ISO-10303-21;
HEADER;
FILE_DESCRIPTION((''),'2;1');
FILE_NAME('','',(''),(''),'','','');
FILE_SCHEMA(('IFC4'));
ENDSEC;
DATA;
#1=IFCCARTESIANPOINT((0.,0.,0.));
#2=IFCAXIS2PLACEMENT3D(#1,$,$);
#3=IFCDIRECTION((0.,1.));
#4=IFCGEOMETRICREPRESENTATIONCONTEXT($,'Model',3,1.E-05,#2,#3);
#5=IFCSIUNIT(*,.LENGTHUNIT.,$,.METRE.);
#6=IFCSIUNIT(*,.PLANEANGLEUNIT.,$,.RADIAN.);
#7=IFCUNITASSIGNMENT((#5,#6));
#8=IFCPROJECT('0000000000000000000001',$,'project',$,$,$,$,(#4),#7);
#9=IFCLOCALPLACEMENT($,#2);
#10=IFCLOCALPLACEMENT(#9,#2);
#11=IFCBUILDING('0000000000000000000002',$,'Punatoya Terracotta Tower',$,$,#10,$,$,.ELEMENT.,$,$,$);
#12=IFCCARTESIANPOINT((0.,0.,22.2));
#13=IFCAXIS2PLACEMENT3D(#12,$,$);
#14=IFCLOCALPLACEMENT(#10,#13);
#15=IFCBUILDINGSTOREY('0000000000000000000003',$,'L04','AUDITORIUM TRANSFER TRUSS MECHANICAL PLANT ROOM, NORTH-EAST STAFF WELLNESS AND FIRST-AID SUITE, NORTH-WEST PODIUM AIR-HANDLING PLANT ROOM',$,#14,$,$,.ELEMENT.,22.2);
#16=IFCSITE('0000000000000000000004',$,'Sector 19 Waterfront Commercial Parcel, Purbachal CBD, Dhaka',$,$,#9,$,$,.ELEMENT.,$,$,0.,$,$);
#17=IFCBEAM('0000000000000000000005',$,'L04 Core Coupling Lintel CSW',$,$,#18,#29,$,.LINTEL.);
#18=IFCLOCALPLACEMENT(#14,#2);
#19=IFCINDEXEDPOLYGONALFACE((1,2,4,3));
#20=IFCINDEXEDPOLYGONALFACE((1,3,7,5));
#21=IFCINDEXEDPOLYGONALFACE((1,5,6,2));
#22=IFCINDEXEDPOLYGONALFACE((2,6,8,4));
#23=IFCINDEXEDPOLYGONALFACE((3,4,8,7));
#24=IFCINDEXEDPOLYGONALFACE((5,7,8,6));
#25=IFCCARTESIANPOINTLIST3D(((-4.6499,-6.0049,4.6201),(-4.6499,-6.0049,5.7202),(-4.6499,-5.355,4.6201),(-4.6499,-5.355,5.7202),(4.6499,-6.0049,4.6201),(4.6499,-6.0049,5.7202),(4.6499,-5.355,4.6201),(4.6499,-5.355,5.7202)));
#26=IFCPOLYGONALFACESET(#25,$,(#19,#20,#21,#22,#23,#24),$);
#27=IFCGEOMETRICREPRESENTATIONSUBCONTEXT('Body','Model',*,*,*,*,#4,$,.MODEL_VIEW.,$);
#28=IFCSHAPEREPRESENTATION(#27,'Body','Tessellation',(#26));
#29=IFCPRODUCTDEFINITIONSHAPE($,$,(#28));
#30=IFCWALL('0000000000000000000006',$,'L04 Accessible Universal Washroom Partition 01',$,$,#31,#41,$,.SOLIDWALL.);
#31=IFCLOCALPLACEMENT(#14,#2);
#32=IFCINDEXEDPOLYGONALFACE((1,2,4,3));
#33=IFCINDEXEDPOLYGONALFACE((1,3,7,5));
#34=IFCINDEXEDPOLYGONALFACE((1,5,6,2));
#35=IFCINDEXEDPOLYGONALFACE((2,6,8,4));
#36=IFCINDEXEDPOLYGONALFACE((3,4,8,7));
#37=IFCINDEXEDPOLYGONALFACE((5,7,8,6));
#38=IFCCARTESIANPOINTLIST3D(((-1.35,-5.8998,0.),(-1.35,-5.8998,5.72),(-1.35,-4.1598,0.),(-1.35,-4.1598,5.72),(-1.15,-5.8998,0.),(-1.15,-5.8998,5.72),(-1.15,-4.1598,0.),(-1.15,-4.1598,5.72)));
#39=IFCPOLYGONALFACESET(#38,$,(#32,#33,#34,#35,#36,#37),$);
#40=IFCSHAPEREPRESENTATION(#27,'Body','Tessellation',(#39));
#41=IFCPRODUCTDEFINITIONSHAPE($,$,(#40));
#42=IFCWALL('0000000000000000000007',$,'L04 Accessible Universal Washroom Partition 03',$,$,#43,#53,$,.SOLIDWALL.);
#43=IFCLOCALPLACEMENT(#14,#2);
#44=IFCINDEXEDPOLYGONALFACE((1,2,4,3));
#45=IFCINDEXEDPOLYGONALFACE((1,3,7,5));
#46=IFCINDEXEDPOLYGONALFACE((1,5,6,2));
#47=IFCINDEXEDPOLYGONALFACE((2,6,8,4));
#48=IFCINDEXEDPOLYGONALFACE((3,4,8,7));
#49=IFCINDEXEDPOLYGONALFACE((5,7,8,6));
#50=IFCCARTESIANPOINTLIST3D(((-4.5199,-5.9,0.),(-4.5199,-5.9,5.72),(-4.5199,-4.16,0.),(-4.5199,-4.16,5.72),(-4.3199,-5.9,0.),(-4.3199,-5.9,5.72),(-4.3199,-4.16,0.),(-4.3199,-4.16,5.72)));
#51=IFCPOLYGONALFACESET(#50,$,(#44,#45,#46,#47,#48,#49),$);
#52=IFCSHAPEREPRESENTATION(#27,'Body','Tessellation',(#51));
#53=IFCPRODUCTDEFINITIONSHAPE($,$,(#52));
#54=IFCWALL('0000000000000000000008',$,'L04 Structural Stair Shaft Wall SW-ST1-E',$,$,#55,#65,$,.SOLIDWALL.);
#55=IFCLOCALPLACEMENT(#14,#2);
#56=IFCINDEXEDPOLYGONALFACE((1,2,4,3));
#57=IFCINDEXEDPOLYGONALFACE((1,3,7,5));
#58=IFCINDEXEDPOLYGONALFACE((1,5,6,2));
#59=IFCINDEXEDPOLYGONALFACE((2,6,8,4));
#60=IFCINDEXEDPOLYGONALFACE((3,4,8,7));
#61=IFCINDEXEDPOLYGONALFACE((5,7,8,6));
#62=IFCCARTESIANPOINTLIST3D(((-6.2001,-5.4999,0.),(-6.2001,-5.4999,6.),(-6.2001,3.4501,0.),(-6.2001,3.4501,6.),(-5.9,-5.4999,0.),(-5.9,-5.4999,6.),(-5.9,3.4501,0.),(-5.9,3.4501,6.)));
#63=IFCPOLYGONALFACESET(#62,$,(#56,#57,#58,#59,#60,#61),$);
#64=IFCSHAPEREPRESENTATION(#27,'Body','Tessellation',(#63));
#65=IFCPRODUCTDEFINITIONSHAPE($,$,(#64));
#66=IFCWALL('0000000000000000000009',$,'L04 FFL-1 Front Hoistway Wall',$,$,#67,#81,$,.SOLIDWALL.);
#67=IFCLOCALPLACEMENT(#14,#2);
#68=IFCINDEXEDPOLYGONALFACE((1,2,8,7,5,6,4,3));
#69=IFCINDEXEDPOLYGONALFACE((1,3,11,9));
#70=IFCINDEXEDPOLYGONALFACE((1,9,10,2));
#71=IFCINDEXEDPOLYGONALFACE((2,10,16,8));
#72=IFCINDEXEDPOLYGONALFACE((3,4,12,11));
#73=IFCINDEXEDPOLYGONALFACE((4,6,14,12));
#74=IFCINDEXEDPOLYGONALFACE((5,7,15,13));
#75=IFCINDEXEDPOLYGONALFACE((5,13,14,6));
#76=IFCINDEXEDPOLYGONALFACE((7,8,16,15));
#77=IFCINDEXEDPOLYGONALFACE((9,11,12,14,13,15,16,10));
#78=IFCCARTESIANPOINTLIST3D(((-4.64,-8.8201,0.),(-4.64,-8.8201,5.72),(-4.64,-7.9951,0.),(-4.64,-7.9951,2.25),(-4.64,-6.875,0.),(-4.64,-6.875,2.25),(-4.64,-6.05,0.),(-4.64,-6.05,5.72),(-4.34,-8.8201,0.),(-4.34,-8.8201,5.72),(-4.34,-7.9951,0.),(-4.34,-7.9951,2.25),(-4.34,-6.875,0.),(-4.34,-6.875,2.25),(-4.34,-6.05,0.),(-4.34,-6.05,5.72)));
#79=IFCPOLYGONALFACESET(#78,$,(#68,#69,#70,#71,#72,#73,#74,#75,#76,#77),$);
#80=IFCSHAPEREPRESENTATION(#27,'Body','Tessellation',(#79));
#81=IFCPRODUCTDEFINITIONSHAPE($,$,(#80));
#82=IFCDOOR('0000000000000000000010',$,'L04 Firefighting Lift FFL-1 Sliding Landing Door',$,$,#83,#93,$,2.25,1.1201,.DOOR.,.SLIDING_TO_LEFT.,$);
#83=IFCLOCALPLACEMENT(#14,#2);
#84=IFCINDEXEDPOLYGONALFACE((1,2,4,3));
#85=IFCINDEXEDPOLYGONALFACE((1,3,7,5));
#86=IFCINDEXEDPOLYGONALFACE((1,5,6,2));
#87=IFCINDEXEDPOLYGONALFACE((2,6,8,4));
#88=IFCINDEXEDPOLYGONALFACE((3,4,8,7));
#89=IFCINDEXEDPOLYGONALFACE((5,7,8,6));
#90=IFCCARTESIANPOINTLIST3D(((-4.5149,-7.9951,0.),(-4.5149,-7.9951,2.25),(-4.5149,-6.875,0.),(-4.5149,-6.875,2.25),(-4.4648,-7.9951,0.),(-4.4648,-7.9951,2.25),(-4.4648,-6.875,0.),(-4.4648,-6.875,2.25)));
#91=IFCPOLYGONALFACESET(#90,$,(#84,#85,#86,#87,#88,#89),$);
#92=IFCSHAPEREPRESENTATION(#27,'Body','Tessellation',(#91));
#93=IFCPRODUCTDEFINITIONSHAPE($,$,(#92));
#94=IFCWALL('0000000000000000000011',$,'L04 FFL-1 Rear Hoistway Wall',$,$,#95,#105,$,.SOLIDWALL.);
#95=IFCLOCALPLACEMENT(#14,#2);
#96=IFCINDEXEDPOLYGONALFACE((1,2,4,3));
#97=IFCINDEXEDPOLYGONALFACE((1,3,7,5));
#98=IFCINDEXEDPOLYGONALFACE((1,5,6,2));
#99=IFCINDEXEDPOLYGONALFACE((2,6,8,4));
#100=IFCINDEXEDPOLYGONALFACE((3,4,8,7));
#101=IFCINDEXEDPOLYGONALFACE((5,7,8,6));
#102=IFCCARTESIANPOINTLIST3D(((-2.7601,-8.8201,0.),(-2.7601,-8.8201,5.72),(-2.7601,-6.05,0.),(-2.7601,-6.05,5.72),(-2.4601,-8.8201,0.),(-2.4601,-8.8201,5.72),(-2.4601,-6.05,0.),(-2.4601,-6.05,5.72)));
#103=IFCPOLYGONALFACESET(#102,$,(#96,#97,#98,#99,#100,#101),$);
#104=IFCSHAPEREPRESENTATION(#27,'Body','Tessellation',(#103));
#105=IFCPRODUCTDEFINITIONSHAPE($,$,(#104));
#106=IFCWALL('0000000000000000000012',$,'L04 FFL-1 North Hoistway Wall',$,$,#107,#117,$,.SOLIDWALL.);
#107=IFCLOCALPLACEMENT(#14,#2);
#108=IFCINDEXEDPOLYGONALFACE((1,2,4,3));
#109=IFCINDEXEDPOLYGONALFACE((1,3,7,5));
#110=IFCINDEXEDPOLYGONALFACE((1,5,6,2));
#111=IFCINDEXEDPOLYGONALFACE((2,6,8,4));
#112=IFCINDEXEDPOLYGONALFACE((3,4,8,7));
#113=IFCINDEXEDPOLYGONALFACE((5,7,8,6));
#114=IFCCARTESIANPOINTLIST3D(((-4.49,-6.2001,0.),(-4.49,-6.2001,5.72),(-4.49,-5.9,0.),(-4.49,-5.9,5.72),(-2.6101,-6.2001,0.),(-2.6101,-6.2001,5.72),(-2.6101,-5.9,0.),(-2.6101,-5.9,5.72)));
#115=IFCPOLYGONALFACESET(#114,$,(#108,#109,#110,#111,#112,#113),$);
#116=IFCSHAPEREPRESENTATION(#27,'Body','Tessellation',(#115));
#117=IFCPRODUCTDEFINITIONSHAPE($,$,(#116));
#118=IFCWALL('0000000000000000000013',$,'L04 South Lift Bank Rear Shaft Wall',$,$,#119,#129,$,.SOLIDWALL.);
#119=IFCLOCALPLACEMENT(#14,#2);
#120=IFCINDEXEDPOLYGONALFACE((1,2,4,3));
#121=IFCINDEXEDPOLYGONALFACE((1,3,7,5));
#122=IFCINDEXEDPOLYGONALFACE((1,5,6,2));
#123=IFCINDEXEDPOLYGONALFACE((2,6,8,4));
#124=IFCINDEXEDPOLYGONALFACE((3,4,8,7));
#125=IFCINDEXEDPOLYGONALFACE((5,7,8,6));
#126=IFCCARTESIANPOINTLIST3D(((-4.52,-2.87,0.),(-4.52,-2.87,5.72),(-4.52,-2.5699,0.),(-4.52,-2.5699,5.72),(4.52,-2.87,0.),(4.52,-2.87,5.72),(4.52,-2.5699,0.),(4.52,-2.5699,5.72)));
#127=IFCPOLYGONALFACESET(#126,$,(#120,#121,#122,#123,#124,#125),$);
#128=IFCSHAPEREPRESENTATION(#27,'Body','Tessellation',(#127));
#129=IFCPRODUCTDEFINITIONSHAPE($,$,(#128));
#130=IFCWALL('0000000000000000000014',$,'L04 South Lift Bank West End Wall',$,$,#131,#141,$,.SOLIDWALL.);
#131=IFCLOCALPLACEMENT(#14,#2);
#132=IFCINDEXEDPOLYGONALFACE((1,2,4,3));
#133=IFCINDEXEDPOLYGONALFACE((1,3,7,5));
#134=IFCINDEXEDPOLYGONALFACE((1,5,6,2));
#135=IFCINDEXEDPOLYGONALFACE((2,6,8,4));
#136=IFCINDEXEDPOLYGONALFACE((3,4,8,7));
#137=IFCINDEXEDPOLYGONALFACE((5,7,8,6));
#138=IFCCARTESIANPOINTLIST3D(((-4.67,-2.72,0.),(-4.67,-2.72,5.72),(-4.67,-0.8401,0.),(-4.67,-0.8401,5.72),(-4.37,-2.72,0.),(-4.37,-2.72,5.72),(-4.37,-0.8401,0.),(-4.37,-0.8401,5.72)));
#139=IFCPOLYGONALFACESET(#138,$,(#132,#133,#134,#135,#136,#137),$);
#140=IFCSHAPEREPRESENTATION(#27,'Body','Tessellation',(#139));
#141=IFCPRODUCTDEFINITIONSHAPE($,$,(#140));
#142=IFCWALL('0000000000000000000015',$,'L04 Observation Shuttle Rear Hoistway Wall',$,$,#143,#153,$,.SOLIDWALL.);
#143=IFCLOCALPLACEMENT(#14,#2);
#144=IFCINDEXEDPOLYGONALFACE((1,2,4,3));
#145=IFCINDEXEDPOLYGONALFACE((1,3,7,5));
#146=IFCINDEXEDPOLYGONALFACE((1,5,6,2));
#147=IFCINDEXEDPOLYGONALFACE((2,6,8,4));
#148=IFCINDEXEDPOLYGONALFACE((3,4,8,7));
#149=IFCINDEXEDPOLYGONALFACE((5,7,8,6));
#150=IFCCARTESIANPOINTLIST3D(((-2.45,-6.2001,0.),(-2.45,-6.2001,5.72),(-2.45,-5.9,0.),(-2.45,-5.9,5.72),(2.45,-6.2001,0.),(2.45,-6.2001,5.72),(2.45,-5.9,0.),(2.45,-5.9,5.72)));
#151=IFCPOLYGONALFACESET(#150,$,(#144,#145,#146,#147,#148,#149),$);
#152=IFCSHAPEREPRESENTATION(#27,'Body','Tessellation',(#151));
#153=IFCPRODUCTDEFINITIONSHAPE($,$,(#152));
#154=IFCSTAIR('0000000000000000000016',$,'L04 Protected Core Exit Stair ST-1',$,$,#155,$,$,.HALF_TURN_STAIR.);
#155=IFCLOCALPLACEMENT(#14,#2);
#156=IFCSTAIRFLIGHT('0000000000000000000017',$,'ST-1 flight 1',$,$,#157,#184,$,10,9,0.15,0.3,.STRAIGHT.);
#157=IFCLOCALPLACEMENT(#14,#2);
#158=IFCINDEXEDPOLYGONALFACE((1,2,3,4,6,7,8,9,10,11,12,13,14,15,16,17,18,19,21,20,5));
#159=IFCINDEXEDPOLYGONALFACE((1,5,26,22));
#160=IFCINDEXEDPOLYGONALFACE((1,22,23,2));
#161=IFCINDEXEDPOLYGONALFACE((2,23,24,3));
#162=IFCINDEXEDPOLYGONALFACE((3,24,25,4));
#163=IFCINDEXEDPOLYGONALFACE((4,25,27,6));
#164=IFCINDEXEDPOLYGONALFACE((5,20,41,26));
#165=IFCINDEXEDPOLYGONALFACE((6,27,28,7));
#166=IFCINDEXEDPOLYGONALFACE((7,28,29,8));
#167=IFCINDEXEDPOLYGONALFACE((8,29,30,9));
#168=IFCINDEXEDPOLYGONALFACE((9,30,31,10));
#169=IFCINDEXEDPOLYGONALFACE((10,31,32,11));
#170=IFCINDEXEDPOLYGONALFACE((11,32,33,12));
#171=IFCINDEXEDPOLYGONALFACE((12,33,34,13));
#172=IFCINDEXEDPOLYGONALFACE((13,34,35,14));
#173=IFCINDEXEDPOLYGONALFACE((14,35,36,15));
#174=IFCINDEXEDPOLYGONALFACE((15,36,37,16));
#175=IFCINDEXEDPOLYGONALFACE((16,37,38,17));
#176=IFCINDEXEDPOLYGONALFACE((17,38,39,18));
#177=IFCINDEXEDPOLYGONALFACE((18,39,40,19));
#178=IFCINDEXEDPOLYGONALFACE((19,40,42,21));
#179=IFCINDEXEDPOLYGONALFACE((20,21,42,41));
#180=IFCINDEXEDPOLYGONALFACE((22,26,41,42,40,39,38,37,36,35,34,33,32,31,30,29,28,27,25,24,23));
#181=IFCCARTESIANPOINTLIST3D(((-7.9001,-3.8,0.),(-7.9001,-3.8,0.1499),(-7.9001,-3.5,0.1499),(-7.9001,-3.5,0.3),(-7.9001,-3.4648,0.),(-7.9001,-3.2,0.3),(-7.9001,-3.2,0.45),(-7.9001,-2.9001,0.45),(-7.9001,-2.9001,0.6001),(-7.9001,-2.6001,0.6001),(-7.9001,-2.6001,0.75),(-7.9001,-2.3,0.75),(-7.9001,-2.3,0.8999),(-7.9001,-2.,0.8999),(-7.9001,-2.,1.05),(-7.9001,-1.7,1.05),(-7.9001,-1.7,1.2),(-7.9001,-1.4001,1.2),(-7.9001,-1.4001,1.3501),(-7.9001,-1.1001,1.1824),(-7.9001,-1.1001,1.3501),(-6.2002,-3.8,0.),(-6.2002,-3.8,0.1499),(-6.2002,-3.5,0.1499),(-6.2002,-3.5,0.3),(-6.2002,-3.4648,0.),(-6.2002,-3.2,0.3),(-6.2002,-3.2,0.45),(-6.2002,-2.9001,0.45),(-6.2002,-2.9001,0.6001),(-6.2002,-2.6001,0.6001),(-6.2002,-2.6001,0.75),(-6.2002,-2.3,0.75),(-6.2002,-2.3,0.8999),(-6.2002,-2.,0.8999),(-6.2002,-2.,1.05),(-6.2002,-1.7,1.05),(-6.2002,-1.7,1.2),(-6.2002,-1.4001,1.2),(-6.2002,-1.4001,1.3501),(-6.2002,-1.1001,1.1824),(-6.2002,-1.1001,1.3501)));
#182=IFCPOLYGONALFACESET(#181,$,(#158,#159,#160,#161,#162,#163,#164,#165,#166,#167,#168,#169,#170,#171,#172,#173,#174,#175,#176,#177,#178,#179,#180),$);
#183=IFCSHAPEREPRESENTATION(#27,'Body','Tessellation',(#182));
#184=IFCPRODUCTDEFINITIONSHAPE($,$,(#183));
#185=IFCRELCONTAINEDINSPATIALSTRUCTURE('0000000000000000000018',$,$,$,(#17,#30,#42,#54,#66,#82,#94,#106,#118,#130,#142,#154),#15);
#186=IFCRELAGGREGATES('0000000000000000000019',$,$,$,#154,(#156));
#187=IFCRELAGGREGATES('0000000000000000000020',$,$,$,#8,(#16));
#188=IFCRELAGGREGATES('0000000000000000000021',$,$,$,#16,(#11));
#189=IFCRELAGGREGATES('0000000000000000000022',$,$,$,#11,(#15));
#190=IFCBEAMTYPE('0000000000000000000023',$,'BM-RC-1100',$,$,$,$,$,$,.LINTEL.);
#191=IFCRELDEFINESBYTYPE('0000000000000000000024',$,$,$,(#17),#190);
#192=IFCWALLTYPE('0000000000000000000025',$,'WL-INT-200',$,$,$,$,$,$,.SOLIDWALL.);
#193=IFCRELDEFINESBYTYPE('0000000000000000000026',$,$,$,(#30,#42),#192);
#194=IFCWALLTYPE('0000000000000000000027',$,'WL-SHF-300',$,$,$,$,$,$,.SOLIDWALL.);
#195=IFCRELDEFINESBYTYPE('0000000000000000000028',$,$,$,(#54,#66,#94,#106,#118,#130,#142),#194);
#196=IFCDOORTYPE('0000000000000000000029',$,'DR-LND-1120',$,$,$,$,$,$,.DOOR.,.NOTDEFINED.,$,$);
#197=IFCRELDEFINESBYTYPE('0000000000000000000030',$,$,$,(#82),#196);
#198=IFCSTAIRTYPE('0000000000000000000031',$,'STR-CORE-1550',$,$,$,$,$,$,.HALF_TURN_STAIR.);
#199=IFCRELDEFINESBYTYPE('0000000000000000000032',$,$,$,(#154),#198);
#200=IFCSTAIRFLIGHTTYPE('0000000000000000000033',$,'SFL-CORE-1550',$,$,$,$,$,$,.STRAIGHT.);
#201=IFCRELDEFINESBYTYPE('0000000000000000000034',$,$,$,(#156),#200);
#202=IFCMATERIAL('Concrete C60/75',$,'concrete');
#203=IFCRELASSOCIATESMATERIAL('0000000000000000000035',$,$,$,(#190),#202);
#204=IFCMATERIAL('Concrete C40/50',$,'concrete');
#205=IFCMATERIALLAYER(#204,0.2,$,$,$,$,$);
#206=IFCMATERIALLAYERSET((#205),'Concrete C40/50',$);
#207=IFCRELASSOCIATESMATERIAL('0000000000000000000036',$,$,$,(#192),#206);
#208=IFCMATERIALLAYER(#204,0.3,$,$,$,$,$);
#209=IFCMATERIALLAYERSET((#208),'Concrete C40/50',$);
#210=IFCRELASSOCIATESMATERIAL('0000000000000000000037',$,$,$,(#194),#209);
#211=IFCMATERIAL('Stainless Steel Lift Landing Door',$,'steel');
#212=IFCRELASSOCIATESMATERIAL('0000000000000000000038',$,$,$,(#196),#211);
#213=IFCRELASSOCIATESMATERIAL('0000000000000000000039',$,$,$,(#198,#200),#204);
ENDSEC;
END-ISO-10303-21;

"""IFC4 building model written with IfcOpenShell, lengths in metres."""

from ifc_helpers import new_model, si_unit, direction, frame, frame_2d, origin, origin_2d, place, context, subcontext, project, spatial, polyline, rectangle, outline, extrude, material, layer, layer_set, material_profile, profile_set, type_object, element, fill, aggregate, save


model = new_model("IFC4")

# Units and contexts
model_context = context("Model", 3, precision=1e-05, world=origin(), true_north=direction((0.0, 1.0)))
body_context = subcontext(model_context, "Body", "Model", "MODEL_VIEW")
ifc_project = project(units=[si_unit("LENGTHUNIT", "METRE"), si_unit("PLANEANGLEUNIT", "RADIAN")], contexts=[model_context])

# Site, building, storey
site_placement = place(None, origin())
site = spatial("IfcSite", under=ifc_project, at=site_placement, Name="Sector 19 Waterfront Commercial Parcel, Purbachal CBD, Dhaka", CompositionType="ELEMENT", RefElevation=0.0)
building_placement = place(site_placement, origin())
building = spatial("IfcBuilding", under=site, at=building_placement, Name="Punatoya Terracotta Tower", CompositionType="ELEMENT")
storey_placement = place(building_placement, frame((0.0, 0.0, 22.2)))
storey = spatial("IfcBuildingStorey", under=building, at=storey_placement, Name="L04", Description="AUDITORIUM TRANSFER TRUSS MECHANICAL PLANT ROOM, NORTH-EAST STAFF WELLNESS AND FIRST-AID SUITE, NORTH-WEST PODIUM AIR-HANDLING PLANT ROOM", CompositionType="ELEMENT", Elevation=22.2)

# Beam
ifc_material_1 = material(Name="Concrete C60/75", Category="concrete")
ifc_material_profile = material_profile(ifc_material_1, rectangle(XDim=0.6499, YDim=1.1001, at=origin_2d()))
ifc_profile_set = profile_set([ifc_material_profile], Name="Concrete C60/75")
beam_type = type_object("IfcBeamType", Name="BM-RC-1100", PredefinedType="LINTEL", material=ifc_profile_set)
beam_placement = place(storey_placement, frame((-4.6499, -5.6799, 5.1702), z_axis=(1.0, 0.0, 0.0), x_axis=(0.0, 1.0, 0.0)))
element("IfcBeam", 1, at=beam_placement, inside=storey, type_object=beam_type, Name="L04 Core Coupling Lintel CSW", PredefinedType="LINTEL", context=body_context, shape_type="SweptSolid", body=[
    extrude(rectangle(XDim=0.6499, YDim=1.1001, at=origin_2d()), origin(), (0.0, 0.0, 1.0), 9.2998),
])

# Wall
ifc_material_2 = material(Name="Concrete C40/50", Category="concrete")
ifc_layer_1 = layer(ifc_material_2, 0.2)
ifc_layer_set_1 = layer_set([ifc_layer_1], Name="Concrete C40/50")
wall_type_1 = type_object("IfcWallType", Name="WL-INT-200", PredefinedType="SOLIDWALL", material=ifc_layer_set_1)
wall_1_placement = place(storey_placement, frame((-1.25, -5.8999, 0.0), z_axis=(0.0, 0.0, 1.0), x_axis=(0.0, 1.0, 0.0)))
element("IfcWall", 2, at=wall_1_placement, inside=storey, type_object=wall_type_1, Name="L04 Accessible Universal Washroom Partition 01", PredefinedType="SOLIDWALL", context=body_context, shape_type="SweptSolid", body=[
    extrude(rectangle(XDim=1.74, YDim=0.2, at=frame_2d((0.8701, 0.0))), origin(), (0.0, 0.0, 1.0), 5.72),
])

# Walls
wall_2_placement = place(storey_placement, frame((-4.4199, -4.1599, 0.0), z_axis=(0.0, 0.0, 1.0), x_axis=(0.0, -1.0, 0.0)))
element("IfcWall", 3, at=wall_2_placement, inside=storey, type_object=wall_type_1, Name="L04 Accessible Universal Washroom Partition 03", PredefinedType="SOLIDWALL", context=body_context, shape_type="SweptSolid", body=[
    extrude(rectangle(XDim=1.74, YDim=0.2, at=frame_2d((0.8701, 0.0))), origin(), (0.0, 0.0, 1.0), 5.72),
])
ifc_layer_2 = layer(ifc_material_2, 0.3)
ifc_layer_set_2 = layer_set([ifc_layer_2], Name="Concrete C40/50")
wall_type_2 = type_object("IfcWallType", Name="WL-SHF-300", PredefinedType="SOLIDWALL", material=ifc_layer_set_2)
wall_3_placement = place(storey_placement, frame((-6.05, -5.5, 0.0), z_axis=(0.0, 0.0, 1.0), x_axis=(0.0, 1.0, 0.0)))
element("IfcWall", 4, at=wall_3_placement, inside=storey, type_object=wall_type_2, Name="L04 Structural Stair Shaft Wall SW-ST1-E", PredefinedType="SOLIDWALL", context=body_context, shape_type="SweptSolid", body=[
    extrude(rectangle(XDim=8.95, YDim=0.3, at=frame_2d((4.4751, 0.0))), origin(), (0.0, 0.0, 1.0), 6.0),
])

# Wall, opening, door
wall_4_placement = place(storey_placement, frame((-4.49, -8.8201, 0.0), z_axis=(0.0, 0.0, 1.0), x_axis=(0.0, 1.0, 0.0)))
wall_4 = element("IfcWall", 5, at=wall_4_placement, inside=storey, type_object=wall_type_2, Name="L04 FFL-1 Front Hoistway Wall", PredefinedType="SOLIDWALL", context=body_context, shape_type="SweptSolid", body=[
    extrude(rectangle(XDim=2.77, YDim=0.3, at=frame_2d((1.385, 0.0))), origin(), (0.0, 0.0, 1.0), 5.72),
])
opening_1_placement = place(wall_4_placement, frame((0.825, 0.0, 0.0)))
opening_1 = element("IfcOpeningElement", 6, at=opening_1_placement, cuts=wall_4, PredefinedType="OPENING", context=body_context, shape_type="SweptSolid", body=[
    extrude(rectangle(XDim=1.1201, YDim=2.25, at=frame_2d((0.5601, 1.125))), frame((0.0, 0.1599, 0.0), z_axis=(0.0, -1.0, 0.0), x_axis=(1.0, 0.0, 0.0)), (0.0, 0.0, 1.0), 0.3201),
])
ifc_material_3 = material(Name="Stainless Steel Lift Landing Door", Category="steel")
door_type_1 = type_object("IfcDoorType", Name="DR-LND-1120", OperationType="NOTDEFINED", PredefinedType="DOOR", material=ifc_material_3)
door_1_placement = place(opening_1_placement, origin())
door_1 = element("IfcDoor", 7, at=door_1_placement, inside=storey, type_object=door_type_1, Name="L04 Firefighting Lift FFL-1 Sliding Landing Door", OperationType="SLIDING_TO_LEFT", OverallHeight=2.25, OverallWidth=1.1201, PredefinedType="DOOR", context=body_context, shape_type="SweptSolid", body=[
    extrude(rectangle(XDim=1.1201, YDim=2.25, at=frame_2d((0.5601, 1.125))), frame((0.0, 0.0249, 0.0), z_axis=(0.0, -1.0, 0.0), x_axis=(1.0, 0.0, 0.0)), (0.0, 0.0, 1.0), 0.05),
])
fill(opening_1, door_1)

# Walls
wall_5_placement = place(storey_placement, frame((-2.6101, -8.8201, 0.0), z_axis=(0.0, 0.0, 1.0), x_axis=(0.0, 1.0, 0.0)))
element("IfcWall", 8, at=wall_5_placement, inside=storey, type_object=wall_type_2, Name="L04 FFL-1 Rear Hoistway Wall", PredefinedType="SOLIDWALL", context=body_context, shape_type="SweptSolid", body=[
    extrude(rectangle(XDim=2.77, YDim=0.3, at=frame_2d((1.385, 0.0))), origin(), (0.0, 0.0, 1.0), 5.72),
])
wall_6_placement = place(storey_placement, frame((-4.49, -6.05, 0.0), z_axis=(0.0, 0.0, 1.0), x_axis=(1.0, 0.0, 0.0)))
element("IfcWall", 9, at=wall_6_placement, inside=storey, type_object=wall_type_2, Name="L04 FFL-1 North Hoistway Wall", PredefinedType="SOLIDWALL", context=body_context, shape_type="SweptSolid", body=[
    extrude(rectangle(XDim=1.8799, YDim=0.3, at=frame_2d((0.9399, 0.0))), origin(), (0.0, 0.0, 1.0), 5.72),
])
wall_7_placement = place(storey_placement, frame((-4.52, -2.72, 0.0), z_axis=(0.0, 0.0, 1.0), x_axis=(1.0, 0.0, 0.0)))
element("IfcWall", 10, at=wall_7_placement, inside=storey, type_object=wall_type_2, Name="L04 South Lift Bank Rear Shaft Wall", PredefinedType="SOLIDWALL", context=body_context, shape_type="SweptSolid", body=[
    extrude(rectangle(XDim=9.04, YDim=0.3, at=frame_2d((4.52, 0.0))), origin(), (0.0, 0.0, 1.0), 5.72),
])
wall_8_placement = place(storey_placement, frame((-4.52, -2.72, 0.0), z_axis=(0.0, 0.0, 1.0), x_axis=(0.0, 1.0, 0.0)))
element("IfcWall", 11, at=wall_8_placement, inside=storey, type_object=wall_type_2, Name="L04 South Lift Bank West End Wall", PredefinedType="SOLIDWALL", context=body_context, shape_type="SweptSolid", body=[
    extrude(rectangle(XDim=1.8799, YDim=0.3, at=frame_2d((0.9399, 0.0))), origin(), (0.0, 0.0, 1.0), 5.72),
])
wall_9_placement = place(storey_placement, frame((-2.45, -6.05, 0.0), z_axis=(0.0, 0.0, 1.0), x_axis=(1.0, 0.0, 0.0)))
element("IfcWall", 12, at=wall_9_placement, inside=storey, type_object=wall_type_2, Name="L04 Observation Shuttle Rear Hoistway Wall", PredefinedType="SOLIDWALL", context=body_context, shape_type="SweptSolid", body=[
    extrude(rectangle(XDim=4.8999, YDim=0.3, at=frame_2d((2.45, 0.0))), origin(), (0.0, 0.0, 1.0), 5.72),
])

# Stair, stair flight
stair_type = type_object("IfcStairType", Name="STR-CORE-1550", PredefinedType="HALF_TURN_STAIR", material=ifc_material_2)
stair_placement = place(storey_placement, origin())
stair = element("IfcStair", 13, at=stair_placement, inside=storey, type_object=stair_type, Name="L04 Protected Core Exit Stair ST-1", PredefinedType="HALF_TURN_STAIR")
stair_flight_type = type_object("IfcStairFlightType", Name="SFL-CORE-1550", PredefinedType="STRAIGHT", material=ifc_material_2)
stair_flight_1_placement = place(storey_placement, frame((-7.05, -3.8, 0.0), z_axis=(0.0, 0.0, 1.0), x_axis=(0.0, 1.0, 0.0)))
stair_flight_1 = element("IfcStairFlight", 14, at=stair_flight_1_placement, type_object=stair_flight_type, Name="ST-1 flight 1", NumberOfRisers=10, NumberOfTreads=9, PredefinedType="STRAIGHT", RiserHeight=0.15, TreadLength=0.3, context=body_context, shape_type="SweptSolid", body=[
    extrude(outline(polyline([(0.0, 0.0), (0.0, 0.1499), (0.3, 0.1499), (0.3, 0.3), (0.6001, 0.3), (0.6001, 0.45), (0.8999, 0.45), (0.8999, 0.6001), (1.2, 0.6001), (1.2, 0.75), (1.5, 0.75), (1.5, 0.8999), (1.8, 0.8999), (1.8, 1.05), (2.1001, 1.05), (2.1001, 1.2), (2.3999, 1.2), (2.3999, 1.3501), (2.7, 1.3501), (2.7, 1.5), (2.7, 1.1824), (0.3352, 0.0), (0.0, 0.0)])), frame((0.0, 0.8501, 0.0), z_axis=(0.0, -1.0, 0.0), x_axis=(1.0, 0.0, 0.0)), (0.0, 0.0, 1.0), 1.7),
])
aggregate(stair, [stair_flight_1])

save(model, "model.ifc")
